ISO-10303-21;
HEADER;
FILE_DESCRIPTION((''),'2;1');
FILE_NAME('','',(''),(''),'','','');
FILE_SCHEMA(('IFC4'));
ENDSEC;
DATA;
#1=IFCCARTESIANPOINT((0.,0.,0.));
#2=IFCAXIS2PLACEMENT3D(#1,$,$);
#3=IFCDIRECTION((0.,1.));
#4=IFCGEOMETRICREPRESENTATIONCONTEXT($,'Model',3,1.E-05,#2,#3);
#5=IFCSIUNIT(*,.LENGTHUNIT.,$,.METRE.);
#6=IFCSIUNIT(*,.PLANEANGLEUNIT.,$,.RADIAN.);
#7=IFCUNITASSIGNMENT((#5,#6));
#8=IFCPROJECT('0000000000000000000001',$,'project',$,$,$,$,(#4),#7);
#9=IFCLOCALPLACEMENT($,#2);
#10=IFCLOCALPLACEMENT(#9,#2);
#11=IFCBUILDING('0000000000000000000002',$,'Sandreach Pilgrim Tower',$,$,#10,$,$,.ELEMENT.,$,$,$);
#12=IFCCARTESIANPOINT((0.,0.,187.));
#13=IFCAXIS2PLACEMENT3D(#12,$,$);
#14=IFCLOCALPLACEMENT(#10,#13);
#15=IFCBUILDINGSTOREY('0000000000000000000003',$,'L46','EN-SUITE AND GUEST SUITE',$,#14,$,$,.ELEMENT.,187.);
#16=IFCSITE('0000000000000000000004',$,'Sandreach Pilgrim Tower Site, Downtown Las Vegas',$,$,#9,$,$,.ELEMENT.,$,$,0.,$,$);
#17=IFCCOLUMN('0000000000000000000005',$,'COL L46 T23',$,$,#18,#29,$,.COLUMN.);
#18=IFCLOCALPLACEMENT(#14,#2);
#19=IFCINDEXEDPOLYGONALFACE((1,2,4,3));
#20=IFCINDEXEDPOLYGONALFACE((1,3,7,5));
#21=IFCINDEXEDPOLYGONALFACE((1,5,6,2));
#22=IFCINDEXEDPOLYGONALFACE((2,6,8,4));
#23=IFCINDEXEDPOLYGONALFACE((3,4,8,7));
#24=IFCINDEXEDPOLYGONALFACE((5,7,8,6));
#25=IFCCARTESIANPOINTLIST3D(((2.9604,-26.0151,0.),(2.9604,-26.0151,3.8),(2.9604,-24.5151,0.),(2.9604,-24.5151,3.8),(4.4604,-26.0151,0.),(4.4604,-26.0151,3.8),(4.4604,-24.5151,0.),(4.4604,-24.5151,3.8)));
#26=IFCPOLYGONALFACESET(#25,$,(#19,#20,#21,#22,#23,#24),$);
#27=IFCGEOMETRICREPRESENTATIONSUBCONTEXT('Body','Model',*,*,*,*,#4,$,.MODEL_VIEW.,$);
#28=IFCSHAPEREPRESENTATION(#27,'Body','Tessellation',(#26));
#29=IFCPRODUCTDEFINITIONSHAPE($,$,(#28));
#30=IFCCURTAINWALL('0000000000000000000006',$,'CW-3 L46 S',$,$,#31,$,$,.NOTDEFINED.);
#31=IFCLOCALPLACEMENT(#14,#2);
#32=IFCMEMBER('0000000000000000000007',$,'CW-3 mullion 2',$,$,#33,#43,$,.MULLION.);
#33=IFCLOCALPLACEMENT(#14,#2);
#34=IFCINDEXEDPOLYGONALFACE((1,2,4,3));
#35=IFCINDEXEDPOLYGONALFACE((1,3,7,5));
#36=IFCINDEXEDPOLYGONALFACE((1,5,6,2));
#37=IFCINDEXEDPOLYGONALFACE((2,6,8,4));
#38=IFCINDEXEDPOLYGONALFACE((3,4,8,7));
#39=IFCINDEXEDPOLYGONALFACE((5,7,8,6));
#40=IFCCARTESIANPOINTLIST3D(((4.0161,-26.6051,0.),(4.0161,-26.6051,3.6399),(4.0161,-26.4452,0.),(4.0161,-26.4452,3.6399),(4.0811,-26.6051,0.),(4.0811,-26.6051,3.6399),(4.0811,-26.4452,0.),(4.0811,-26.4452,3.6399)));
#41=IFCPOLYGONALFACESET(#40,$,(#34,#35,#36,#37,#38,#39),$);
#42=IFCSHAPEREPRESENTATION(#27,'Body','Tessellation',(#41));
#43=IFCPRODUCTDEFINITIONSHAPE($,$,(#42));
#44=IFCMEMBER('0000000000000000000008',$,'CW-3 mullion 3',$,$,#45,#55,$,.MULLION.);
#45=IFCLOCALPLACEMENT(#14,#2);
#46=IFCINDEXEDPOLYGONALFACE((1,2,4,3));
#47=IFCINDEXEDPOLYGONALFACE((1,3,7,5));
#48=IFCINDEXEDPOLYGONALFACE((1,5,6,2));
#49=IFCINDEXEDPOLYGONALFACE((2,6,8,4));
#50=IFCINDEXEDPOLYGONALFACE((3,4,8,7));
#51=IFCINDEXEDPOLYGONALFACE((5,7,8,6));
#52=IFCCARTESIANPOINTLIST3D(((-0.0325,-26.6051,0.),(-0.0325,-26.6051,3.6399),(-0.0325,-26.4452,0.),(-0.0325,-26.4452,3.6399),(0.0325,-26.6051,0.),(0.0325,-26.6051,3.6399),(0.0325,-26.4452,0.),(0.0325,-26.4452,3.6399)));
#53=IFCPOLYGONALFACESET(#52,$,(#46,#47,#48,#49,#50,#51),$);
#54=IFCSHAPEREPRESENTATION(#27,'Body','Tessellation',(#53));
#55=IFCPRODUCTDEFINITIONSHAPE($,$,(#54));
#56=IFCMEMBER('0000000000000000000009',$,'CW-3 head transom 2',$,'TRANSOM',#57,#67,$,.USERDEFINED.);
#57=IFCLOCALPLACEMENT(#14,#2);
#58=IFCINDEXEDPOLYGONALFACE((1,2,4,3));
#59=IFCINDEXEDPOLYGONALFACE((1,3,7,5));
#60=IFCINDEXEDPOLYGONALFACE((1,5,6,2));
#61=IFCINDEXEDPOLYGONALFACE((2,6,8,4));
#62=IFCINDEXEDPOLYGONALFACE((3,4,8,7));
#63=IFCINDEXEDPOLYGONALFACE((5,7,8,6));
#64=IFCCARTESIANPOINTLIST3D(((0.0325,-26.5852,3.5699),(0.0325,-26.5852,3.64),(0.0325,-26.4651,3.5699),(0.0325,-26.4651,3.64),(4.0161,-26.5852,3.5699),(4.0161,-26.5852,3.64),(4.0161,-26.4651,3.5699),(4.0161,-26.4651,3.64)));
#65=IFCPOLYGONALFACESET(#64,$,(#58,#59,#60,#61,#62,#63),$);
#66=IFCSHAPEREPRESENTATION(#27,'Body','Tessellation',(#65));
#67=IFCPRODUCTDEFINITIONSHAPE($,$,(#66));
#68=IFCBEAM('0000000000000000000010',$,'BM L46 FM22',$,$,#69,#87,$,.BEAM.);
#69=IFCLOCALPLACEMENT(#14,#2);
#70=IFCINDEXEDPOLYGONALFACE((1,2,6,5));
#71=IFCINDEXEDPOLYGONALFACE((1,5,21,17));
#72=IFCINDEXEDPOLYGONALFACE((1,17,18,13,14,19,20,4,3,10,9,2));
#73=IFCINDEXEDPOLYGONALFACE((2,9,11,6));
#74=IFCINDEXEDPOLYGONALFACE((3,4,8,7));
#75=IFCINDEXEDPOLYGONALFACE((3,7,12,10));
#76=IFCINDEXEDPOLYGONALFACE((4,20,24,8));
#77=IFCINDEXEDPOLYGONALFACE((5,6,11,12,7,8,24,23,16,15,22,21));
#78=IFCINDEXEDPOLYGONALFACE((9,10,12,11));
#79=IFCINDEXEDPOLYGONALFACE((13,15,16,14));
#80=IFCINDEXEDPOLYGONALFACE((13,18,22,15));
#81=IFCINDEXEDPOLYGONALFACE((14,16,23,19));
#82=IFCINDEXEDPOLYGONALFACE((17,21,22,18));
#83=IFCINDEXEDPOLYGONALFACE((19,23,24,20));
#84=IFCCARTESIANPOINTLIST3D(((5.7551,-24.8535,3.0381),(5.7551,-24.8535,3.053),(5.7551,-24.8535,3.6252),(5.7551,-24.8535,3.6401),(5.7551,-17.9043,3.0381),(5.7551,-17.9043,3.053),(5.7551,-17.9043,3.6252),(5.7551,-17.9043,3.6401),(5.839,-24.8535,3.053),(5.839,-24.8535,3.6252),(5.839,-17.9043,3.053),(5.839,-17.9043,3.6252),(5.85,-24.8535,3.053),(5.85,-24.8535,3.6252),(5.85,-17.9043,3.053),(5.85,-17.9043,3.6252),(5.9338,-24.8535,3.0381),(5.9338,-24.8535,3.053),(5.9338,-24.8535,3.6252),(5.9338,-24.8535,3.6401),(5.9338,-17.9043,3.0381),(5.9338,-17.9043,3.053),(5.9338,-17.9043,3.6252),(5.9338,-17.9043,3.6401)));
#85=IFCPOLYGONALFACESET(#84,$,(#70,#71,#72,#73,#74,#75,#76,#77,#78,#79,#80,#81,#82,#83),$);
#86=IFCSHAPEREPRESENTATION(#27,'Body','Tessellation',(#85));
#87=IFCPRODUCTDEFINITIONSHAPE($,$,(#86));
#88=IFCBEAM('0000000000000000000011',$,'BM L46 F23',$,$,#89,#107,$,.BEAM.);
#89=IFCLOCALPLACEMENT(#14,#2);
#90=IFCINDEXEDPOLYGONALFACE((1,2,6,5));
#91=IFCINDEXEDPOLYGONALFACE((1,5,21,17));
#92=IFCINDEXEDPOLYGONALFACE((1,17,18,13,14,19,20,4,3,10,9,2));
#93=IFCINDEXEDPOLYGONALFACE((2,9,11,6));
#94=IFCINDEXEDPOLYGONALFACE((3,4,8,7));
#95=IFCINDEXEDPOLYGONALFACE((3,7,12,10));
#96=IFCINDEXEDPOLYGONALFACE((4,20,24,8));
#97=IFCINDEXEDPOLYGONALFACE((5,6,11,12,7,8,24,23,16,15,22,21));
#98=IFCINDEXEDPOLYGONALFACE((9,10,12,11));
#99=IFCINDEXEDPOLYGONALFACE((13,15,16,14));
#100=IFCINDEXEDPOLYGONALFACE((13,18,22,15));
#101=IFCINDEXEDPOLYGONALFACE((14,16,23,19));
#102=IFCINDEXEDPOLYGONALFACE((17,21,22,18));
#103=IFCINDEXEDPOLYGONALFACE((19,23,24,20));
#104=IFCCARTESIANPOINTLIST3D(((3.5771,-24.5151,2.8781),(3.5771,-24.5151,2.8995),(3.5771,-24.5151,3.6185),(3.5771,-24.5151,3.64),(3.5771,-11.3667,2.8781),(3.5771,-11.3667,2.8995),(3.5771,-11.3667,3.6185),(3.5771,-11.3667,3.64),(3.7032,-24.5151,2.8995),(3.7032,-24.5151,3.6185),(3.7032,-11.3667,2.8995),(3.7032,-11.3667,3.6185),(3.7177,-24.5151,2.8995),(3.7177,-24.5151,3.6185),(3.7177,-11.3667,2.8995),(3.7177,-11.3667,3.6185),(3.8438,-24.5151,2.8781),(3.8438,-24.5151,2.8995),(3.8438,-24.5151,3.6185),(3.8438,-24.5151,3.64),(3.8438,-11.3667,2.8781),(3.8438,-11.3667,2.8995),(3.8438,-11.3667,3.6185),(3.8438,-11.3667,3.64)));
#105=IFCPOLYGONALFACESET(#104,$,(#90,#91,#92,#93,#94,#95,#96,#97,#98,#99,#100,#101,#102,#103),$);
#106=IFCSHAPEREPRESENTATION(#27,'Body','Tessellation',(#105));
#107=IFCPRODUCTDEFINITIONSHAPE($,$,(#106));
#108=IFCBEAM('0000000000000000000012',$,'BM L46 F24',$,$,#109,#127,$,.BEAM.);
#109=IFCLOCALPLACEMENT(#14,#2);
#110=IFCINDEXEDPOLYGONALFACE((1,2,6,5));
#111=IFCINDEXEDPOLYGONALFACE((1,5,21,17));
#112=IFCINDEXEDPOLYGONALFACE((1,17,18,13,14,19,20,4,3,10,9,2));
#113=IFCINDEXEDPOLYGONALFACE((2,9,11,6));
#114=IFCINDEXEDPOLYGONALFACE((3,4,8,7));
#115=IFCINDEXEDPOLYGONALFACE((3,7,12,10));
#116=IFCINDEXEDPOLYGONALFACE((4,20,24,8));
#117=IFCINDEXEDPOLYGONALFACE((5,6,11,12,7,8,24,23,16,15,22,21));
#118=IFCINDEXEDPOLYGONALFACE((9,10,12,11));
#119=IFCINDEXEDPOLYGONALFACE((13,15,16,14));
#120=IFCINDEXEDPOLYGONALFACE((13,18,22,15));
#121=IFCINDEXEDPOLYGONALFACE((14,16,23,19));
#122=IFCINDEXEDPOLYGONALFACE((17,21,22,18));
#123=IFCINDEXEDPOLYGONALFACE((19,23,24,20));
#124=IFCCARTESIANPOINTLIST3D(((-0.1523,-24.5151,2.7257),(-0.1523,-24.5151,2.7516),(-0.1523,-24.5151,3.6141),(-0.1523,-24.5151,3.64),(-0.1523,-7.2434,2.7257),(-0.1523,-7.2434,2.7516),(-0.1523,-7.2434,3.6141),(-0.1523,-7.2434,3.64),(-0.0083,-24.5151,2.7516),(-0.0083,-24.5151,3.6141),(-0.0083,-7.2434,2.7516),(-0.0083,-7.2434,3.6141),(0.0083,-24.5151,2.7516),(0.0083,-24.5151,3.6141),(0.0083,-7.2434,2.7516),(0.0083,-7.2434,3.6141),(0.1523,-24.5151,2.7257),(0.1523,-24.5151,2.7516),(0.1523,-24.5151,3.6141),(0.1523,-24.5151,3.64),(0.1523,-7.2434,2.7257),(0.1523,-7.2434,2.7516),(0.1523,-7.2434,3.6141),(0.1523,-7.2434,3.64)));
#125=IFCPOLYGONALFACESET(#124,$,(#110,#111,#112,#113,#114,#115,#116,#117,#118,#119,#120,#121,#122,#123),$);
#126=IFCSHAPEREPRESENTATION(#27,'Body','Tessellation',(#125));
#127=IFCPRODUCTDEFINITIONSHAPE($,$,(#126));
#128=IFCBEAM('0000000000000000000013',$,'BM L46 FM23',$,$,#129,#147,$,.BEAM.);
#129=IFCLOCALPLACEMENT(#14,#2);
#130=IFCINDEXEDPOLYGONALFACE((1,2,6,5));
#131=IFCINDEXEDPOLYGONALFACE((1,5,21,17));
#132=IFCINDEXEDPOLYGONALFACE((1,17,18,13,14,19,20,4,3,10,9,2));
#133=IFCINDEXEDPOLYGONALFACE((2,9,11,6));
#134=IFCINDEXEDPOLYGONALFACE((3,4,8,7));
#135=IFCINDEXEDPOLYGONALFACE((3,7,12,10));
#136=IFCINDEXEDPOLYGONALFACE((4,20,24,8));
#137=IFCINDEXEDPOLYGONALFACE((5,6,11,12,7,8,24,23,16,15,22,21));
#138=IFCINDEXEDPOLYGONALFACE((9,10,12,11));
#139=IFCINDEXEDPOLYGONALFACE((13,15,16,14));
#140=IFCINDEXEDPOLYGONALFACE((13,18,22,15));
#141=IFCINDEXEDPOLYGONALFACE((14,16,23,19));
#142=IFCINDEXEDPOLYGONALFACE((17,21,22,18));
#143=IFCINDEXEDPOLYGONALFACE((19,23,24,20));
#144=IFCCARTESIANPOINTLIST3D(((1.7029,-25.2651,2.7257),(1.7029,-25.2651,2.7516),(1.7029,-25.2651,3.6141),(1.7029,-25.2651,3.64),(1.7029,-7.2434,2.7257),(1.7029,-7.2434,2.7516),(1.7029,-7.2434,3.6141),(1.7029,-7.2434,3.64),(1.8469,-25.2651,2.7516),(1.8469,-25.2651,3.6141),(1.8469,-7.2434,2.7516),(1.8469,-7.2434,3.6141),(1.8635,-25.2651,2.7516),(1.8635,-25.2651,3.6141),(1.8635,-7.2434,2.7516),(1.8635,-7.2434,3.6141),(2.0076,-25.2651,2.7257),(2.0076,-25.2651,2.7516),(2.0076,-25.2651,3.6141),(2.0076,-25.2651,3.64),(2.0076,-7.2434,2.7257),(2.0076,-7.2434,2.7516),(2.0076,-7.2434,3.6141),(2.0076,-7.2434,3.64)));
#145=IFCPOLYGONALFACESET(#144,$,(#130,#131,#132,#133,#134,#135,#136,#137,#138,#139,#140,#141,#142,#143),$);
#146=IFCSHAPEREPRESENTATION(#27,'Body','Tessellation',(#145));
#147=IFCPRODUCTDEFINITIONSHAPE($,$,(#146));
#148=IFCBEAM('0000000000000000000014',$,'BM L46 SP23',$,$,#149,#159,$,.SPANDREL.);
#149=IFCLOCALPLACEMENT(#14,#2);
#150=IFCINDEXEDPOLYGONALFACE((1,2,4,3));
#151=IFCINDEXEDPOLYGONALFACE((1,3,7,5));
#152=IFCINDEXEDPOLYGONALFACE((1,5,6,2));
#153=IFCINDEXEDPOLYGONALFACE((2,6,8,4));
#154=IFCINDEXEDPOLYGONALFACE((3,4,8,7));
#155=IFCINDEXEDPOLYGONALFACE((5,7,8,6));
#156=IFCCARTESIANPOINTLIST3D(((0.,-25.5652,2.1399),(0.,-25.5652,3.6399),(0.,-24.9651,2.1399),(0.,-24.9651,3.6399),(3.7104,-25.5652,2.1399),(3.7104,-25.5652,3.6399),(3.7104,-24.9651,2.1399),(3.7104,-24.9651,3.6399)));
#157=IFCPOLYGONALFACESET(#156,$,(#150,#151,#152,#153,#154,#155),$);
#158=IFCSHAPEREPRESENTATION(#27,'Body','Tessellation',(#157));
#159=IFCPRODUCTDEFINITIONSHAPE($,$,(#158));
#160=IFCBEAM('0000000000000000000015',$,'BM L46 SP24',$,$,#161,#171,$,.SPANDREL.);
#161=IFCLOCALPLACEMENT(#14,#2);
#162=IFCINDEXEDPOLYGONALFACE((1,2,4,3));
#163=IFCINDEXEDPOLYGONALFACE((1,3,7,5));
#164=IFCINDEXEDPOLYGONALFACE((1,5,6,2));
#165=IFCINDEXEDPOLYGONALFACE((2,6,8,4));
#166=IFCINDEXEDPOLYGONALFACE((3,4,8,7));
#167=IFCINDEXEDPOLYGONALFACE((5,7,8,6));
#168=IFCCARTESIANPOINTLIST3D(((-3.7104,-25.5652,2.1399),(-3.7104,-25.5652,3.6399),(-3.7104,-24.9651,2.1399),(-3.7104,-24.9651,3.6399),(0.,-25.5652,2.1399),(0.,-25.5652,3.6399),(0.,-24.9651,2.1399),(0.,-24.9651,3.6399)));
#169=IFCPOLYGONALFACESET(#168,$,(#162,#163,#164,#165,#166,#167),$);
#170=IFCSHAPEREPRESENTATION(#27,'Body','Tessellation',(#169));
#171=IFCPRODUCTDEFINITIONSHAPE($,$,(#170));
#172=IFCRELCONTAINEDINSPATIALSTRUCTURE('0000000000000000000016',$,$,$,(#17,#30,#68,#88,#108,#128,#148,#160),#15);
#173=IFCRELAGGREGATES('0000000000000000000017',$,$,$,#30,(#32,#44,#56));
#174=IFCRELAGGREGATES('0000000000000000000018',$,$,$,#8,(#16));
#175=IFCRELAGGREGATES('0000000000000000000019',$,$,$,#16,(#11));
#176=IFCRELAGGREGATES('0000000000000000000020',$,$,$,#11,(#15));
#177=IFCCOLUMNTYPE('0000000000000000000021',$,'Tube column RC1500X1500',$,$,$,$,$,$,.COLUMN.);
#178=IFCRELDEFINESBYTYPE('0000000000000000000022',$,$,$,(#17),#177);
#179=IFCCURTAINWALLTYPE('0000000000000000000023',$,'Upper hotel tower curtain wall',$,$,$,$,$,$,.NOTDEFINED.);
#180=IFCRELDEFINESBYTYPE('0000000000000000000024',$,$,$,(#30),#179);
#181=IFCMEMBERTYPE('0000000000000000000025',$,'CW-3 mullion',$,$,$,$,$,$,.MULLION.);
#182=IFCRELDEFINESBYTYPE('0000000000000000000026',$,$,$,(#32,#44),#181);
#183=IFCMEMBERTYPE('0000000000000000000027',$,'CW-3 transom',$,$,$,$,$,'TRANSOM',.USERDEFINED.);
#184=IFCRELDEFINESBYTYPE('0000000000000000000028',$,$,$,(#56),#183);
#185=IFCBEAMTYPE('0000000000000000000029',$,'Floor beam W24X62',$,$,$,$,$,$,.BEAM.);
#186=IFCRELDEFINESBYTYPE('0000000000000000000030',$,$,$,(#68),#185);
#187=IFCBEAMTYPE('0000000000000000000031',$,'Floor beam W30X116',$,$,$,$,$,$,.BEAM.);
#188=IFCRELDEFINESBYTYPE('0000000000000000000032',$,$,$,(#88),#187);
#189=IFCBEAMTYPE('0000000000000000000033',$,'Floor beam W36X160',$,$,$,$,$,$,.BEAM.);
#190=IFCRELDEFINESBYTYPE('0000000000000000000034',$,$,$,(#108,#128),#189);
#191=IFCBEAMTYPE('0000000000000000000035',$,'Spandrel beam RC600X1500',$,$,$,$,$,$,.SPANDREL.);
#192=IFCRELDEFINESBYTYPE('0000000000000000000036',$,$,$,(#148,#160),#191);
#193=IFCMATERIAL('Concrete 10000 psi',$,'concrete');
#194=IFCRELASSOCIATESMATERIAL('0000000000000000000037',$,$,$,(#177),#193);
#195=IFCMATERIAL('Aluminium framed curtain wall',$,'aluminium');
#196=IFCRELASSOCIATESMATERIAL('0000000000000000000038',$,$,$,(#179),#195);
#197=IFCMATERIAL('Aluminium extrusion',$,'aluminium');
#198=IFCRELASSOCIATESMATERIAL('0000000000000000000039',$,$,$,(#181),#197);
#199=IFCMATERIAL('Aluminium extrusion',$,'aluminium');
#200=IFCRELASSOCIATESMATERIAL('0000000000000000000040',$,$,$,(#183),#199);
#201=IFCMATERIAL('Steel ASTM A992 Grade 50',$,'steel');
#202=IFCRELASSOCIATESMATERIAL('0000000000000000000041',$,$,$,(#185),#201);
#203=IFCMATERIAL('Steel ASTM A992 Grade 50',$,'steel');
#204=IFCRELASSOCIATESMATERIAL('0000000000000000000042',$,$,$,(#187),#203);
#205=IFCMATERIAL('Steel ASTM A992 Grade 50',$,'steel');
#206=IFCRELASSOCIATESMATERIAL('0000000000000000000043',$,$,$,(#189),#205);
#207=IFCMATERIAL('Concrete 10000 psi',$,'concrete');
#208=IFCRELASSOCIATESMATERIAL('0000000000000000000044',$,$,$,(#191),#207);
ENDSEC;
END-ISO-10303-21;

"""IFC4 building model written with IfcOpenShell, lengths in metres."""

from ifc_helpers import new_model, si_unit, direction, frame, origin, origin_2d, place, context, subcontext, project, spatial, rectangle, i_section, extrude, material, material_profile, profile_set, type_object, element, aggregate, save


model = new_model("IFC4")

# Units and contexts
model_context = context("Model", 3, precision=1e-05, world=origin(), true_north=direction((0.0, 1.0)))
body_context = subcontext(model_context, "Body", "Model", "MODEL_VIEW")
ifc_project = project(units=[si_unit("LENGTHUNIT", "METRE"), si_unit("PLANEANGLEUNIT", "RADIAN")], contexts=[model_context])

# Site, building, storey
site_placement = place(None, origin())
site = spatial("IfcSite", under=ifc_project, at=site_placement, Name="Sandreach Pilgrim Tower Site, Downtown Las Vegas", CompositionType="ELEMENT", RefElevation=0.0)
building_placement = place(site_placement, origin())
building = spatial("IfcBuilding", under=site, at=building_placement, Name="Sandreach Pilgrim Tower", CompositionType="ELEMENT")
storey_placement = place(building_placement, frame((0.0, 0.0, 187.0)))
storey = spatial("IfcBuildingStorey", under=building, at=storey_placement, Name="L46", Description="EN-SUITE AND GUEST SUITE", CompositionType="ELEMENT", Elevation=187.0)

# Column
ifc_material_1 = material(Name="Concrete 10000 psi", Category="concrete")
ifc_material_profile_1 = material_profile(ifc_material_1, rectangle(XDim=1.5, YDim=1.5, at=origin_2d()), Name="RC1500X1500")
ifc_profile_set_1 = profile_set([ifc_material_profile_1], Name="Concrete 10000 psi")
column_type = type_object("IfcColumnType", Name="Tube column RC1500X1500", PredefinedType="COLUMN", material=ifc_profile_set_1)
column_placement = place(storey_placement, frame((3.7104, -25.2651, 0.0), z_axis=(0.0, 0.0, 1.0), x_axis=(0.0, -1.0, 0.0)))
element("IfcColumn", 1, at=column_placement, inside=storey, type_object=column_type, Name="COL L46 T23", PredefinedType="COLUMN", context=body_context, shape_type="SweptSolid", body=[
    extrude(rectangle(XDim=1.5, YDim=1.5, at=origin_2d()), origin(), (0.0, 0.0, 1.0), 3.8),
])

# Curtain wall, members
ifc_material_2 = material(Name="Aluminium framed curtain wall", Category="aluminium")
curtain_wall_type = type_object("IfcCurtainWallType", Name="Upper hotel tower curtain wall", PredefinedType="NOTDEFINED", material=ifc_material_2)
curtain_wall_placement = place(storey_placement, origin())
curtain_wall = element("IfcCurtainWall", 2, at=curtain_wall_placement, inside=storey, type_object=curtain_wall_type, Name="CW-3 L46 S", PredefinedType="NOTDEFINED")
ifc_material_3 = material(Name="Aluminium extrusion", Category="aluminium")
ifc_material_profile_2 = material_profile(ifc_material_3, rectangle(XDim=0.0649, YDim=0.1599, at=origin_2d()), Name="CW-3M 65X160")
ifc_profile_set_2 = profile_set([ifc_material_profile_2], Name="Aluminium extrusion")
member_type_1 = type_object("IfcMemberType", Name="CW-3 mullion", PredefinedType="MULLION", material=ifc_profile_set_2)
member_1_placement = place(storey_placement, frame((4.0486, -26.5251, 0.0), z_axis=(0.0, 0.0, 1.0), x_axis=(-1.0, 0.0, 0.0)))
member_1 = element("IfcMember", 3, at=member_1_placement, type_object=member_type_1, Name="CW-3 mullion 2", PredefinedType="MULLION", context=body_context, shape_type="SweptSolid", body=[
    extrude(rectangle(XDim=0.0649, YDim=0.1599, at=origin_2d()), origin(), (0.0, 0.0, 1.0), 3.6399),
])
member_2_placement = place(storey_placement, frame((0.0, -26.5251, 0.0), z_axis=(0.0, 0.0, 1.0), x_axis=(-1.0, 0.0, 0.0)))
member_2 = element("IfcMember", 4, at=member_2_placement, type_object=member_type_1, Name="CW-3 mullion 3", PredefinedType="MULLION", context=body_context, shape_type="SweptSolid", body=[
    extrude(rectangle(XDim=0.0649, YDim=0.1599, at=origin_2d()), origin(), (0.0, 0.0, 1.0), 3.6399),
])
ifc_material_4 = material(Name="Aluminium extrusion", Category="aluminium")
ifc_material_profile_3 = material_profile(ifc_material_4, rectangle(XDim=0.1201, YDim=0.0701, at=origin_2d()), Name="CW-3T 120X70")
ifc_profile_set_3 = profile_set([ifc_material_profile_3], Name="Aluminium extrusion")
member_type_2 = type_object("IfcMemberType", Name="CW-3 transom", ElementType="TRANSOM", PredefinedType="USERDEFINED", material=ifc_profile_set_3)
member_3_placement = place(storey_placement, frame((4.0161, -26.5251, 3.605), z_axis=(-1.0, 0.0, 0.0), x_axis=(0.0, -1.0, 0.0)))
member_3 = element("IfcMember", 5, at=member_3_placement, type_object=member_type_2, Name="CW-3 head transom 2", ObjectType="TRANSOM", PredefinedType="USERDEFINED", context=body_context, shape_type="SweptSolid", body=[
    extrude(rectangle(XDim=0.1201, YDim=0.0701, at=origin_2d()), origin(), (0.0, 0.0, 1.0), 3.9836),
])

# Beams
ifc_material_5 = material(Name="Steel ASTM A992 Grade 50", Category="steel")
ifc_material_profile_4 = material_profile(ifc_material_5, i_section(OverallWidth=0.1787, OverallDepth=0.6021, WebThickness=0.011, FlangeThickness=0.0149, at=origin_2d()), Name="W24X62")
ifc_profile_set_4 = profile_set([ifc_material_profile_4], Name="Steel ASTM A992 Grade 50")
beam_type_1 = type_object("IfcBeamType", Name="Floor beam W24X62", PredefinedType="BEAM", material=ifc_profile_set_4)
beam_1_placement = place(storey_placement, frame((5.8445, -24.8535, 3.3391), z_axis=(0.0, 1.0, 0.0), x_axis=(-1.0, 0.0, 0.0)))
element("IfcBeam", 6, at=beam_1_placement, inside=storey, type_object=beam_type_1, Name="BM L46 FM22", PredefinedType="BEAM", context=body_context, shape_type="SweptSolid", body=[
    extrude(i_section(OverallWidth=0.1787, OverallDepth=0.6021, WebThickness=0.011, FlangeThickness=0.0149, at=origin_2d()), origin(), (0.0, 0.0, 1.0), 6.9492),
])
ifc_material_6 = material(Name="Steel ASTM A992 Grade 50", Category="steel")
ifc_material_profile_5 = material_profile(ifc_material_6, i_section(OverallWidth=0.2666, OverallDepth=0.762, WebThickness=0.0144, FlangeThickness=0.0215, at=origin_2d()), Name="W30X116")
ifc_profile_set_5 = profile_set([ifc_material_profile_5], Name="Steel ASTM A992 Grade 50")
beam_type_2 = type_object("IfcBeamType", Name="Floor beam W30X116", PredefinedType="BEAM", material=ifc_profile_set_5)
beam_2_placement = place(storey_placement, frame((3.7104, -24.5151, 3.259), z_axis=(0.0, 1.0, 0.0), x_axis=(-1.0, 0.0, 0.0)))
element("IfcBeam", 7, at=beam_2_placement, inside=storey, type_object=beam_type_2, Name="BM L46 F23", PredefinedType="BEAM", context=body_context, shape_type="SweptSolid", body=[
    extrude(i_section(OverallWidth=0.2666, OverallDepth=0.762, WebThickness=0.0144, FlangeThickness=0.0215, at=origin_2d()), origin(), (0.0, 0.0, 1.0), 13.1484),
])
ifc_material_7 = material(Name="Steel ASTM A992 Grade 50", Category="steel")
ifc_material_profile_6 = material_profile(ifc_material_7, i_section(OverallWidth=0.3047, OverallDepth=0.9143, WebThickness=0.0166, FlangeThickness=0.0259, at=origin_2d()), Name="W36X160")
ifc_profile_set_6 = profile_set([ifc_material_profile_6], Name="Steel ASTM A992 Grade 50")
beam_type_3 = type_object("IfcBeamType", Name="Floor beam W36X160", PredefinedType="BEAM", material=ifc_profile_set_6)
beam_3_placement = place(storey_placement, frame((0.0, -24.5151, 3.1829), z_axis=(0.0, 1.0, 0.0), x_axis=(-1.0, 0.0, 0.0)))
element("IfcBeam", 8, at=beam_3_placement, inside=storey, type_object=beam_type_3, Name="BM L46 F24", PredefinedType="BEAM", context=body_context, shape_type="SweptSolid", body=[
    extrude(i_section(OverallWidth=0.3047, OverallDepth=0.9143, WebThickness=0.0166, FlangeThickness=0.0259, at=origin_2d()), origin(), (0.0, 0.0, 1.0), 17.2717),
])
beam_4_placement = place(storey_placement, frame((1.8552, -25.2651, 3.1829), z_axis=(0.0, 1.0, 0.0), x_axis=(-1.0, 0.0, 0.0)))
element("IfcBeam", 9, at=beam_4_placement, inside=storey, type_object=beam_type_3, Name="BM L46 FM23", PredefinedType="BEAM", context=body_context, shape_type="SweptSolid", body=[
    extrude(i_section(OverallWidth=0.3047, OverallDepth=0.9143, WebThickness=0.0166, FlangeThickness=0.0259, at=origin_2d()), origin(), (0.0, 0.0, 1.0), 18.0217),
])
ifc_material_8 = material(Name="Concrete 10000 psi", Category="concrete")
ifc_material_profile_7 = material_profile(ifc_material_8, rectangle(XDim=0.6001, YDim=1.5, at=origin_2d()), Name="RC600X1500")
ifc_profile_set_7 = profile_set([ifc_material_profile_7], Name="Concrete 10000 psi")
beam_type_4 = type_object("IfcBeamType", Name="Spandrel beam RC600X1500", PredefinedType="SPANDREL", material=ifc_profile_set_7)
for number, where, z_axis, x_axis, name in (
    (10, (3.7104, -25.2651, 2.8899), (-1.0, 0.0, 0.0), (0.0, -1.0, 0.0), "BM L46 SP23"),
    (11, (0.0, -25.2651, 2.8899), (-1.0, 0.0, 0.0), (0.0, -1.0, 0.0), "BM L46 SP24"),
):
    element("IfcBeam", number, at=place(storey_placement, frame(where, z_axis=z_axis, x_axis=x_axis)), inside=storey, type_object=beam_type_4, Name=name, PredefinedType="SPANDREL", context=body_context, shape_type="SweptSolid", body=[
        extrude(rectangle(XDim=0.6001, YDim=1.5, at=origin_2d()), origin(), (0.0, 0.0, 1.0), 3.7104),
    ])

aggregate(curtain_wall, [member_1, member_2, member_3])

save(model, "model.ifc")
